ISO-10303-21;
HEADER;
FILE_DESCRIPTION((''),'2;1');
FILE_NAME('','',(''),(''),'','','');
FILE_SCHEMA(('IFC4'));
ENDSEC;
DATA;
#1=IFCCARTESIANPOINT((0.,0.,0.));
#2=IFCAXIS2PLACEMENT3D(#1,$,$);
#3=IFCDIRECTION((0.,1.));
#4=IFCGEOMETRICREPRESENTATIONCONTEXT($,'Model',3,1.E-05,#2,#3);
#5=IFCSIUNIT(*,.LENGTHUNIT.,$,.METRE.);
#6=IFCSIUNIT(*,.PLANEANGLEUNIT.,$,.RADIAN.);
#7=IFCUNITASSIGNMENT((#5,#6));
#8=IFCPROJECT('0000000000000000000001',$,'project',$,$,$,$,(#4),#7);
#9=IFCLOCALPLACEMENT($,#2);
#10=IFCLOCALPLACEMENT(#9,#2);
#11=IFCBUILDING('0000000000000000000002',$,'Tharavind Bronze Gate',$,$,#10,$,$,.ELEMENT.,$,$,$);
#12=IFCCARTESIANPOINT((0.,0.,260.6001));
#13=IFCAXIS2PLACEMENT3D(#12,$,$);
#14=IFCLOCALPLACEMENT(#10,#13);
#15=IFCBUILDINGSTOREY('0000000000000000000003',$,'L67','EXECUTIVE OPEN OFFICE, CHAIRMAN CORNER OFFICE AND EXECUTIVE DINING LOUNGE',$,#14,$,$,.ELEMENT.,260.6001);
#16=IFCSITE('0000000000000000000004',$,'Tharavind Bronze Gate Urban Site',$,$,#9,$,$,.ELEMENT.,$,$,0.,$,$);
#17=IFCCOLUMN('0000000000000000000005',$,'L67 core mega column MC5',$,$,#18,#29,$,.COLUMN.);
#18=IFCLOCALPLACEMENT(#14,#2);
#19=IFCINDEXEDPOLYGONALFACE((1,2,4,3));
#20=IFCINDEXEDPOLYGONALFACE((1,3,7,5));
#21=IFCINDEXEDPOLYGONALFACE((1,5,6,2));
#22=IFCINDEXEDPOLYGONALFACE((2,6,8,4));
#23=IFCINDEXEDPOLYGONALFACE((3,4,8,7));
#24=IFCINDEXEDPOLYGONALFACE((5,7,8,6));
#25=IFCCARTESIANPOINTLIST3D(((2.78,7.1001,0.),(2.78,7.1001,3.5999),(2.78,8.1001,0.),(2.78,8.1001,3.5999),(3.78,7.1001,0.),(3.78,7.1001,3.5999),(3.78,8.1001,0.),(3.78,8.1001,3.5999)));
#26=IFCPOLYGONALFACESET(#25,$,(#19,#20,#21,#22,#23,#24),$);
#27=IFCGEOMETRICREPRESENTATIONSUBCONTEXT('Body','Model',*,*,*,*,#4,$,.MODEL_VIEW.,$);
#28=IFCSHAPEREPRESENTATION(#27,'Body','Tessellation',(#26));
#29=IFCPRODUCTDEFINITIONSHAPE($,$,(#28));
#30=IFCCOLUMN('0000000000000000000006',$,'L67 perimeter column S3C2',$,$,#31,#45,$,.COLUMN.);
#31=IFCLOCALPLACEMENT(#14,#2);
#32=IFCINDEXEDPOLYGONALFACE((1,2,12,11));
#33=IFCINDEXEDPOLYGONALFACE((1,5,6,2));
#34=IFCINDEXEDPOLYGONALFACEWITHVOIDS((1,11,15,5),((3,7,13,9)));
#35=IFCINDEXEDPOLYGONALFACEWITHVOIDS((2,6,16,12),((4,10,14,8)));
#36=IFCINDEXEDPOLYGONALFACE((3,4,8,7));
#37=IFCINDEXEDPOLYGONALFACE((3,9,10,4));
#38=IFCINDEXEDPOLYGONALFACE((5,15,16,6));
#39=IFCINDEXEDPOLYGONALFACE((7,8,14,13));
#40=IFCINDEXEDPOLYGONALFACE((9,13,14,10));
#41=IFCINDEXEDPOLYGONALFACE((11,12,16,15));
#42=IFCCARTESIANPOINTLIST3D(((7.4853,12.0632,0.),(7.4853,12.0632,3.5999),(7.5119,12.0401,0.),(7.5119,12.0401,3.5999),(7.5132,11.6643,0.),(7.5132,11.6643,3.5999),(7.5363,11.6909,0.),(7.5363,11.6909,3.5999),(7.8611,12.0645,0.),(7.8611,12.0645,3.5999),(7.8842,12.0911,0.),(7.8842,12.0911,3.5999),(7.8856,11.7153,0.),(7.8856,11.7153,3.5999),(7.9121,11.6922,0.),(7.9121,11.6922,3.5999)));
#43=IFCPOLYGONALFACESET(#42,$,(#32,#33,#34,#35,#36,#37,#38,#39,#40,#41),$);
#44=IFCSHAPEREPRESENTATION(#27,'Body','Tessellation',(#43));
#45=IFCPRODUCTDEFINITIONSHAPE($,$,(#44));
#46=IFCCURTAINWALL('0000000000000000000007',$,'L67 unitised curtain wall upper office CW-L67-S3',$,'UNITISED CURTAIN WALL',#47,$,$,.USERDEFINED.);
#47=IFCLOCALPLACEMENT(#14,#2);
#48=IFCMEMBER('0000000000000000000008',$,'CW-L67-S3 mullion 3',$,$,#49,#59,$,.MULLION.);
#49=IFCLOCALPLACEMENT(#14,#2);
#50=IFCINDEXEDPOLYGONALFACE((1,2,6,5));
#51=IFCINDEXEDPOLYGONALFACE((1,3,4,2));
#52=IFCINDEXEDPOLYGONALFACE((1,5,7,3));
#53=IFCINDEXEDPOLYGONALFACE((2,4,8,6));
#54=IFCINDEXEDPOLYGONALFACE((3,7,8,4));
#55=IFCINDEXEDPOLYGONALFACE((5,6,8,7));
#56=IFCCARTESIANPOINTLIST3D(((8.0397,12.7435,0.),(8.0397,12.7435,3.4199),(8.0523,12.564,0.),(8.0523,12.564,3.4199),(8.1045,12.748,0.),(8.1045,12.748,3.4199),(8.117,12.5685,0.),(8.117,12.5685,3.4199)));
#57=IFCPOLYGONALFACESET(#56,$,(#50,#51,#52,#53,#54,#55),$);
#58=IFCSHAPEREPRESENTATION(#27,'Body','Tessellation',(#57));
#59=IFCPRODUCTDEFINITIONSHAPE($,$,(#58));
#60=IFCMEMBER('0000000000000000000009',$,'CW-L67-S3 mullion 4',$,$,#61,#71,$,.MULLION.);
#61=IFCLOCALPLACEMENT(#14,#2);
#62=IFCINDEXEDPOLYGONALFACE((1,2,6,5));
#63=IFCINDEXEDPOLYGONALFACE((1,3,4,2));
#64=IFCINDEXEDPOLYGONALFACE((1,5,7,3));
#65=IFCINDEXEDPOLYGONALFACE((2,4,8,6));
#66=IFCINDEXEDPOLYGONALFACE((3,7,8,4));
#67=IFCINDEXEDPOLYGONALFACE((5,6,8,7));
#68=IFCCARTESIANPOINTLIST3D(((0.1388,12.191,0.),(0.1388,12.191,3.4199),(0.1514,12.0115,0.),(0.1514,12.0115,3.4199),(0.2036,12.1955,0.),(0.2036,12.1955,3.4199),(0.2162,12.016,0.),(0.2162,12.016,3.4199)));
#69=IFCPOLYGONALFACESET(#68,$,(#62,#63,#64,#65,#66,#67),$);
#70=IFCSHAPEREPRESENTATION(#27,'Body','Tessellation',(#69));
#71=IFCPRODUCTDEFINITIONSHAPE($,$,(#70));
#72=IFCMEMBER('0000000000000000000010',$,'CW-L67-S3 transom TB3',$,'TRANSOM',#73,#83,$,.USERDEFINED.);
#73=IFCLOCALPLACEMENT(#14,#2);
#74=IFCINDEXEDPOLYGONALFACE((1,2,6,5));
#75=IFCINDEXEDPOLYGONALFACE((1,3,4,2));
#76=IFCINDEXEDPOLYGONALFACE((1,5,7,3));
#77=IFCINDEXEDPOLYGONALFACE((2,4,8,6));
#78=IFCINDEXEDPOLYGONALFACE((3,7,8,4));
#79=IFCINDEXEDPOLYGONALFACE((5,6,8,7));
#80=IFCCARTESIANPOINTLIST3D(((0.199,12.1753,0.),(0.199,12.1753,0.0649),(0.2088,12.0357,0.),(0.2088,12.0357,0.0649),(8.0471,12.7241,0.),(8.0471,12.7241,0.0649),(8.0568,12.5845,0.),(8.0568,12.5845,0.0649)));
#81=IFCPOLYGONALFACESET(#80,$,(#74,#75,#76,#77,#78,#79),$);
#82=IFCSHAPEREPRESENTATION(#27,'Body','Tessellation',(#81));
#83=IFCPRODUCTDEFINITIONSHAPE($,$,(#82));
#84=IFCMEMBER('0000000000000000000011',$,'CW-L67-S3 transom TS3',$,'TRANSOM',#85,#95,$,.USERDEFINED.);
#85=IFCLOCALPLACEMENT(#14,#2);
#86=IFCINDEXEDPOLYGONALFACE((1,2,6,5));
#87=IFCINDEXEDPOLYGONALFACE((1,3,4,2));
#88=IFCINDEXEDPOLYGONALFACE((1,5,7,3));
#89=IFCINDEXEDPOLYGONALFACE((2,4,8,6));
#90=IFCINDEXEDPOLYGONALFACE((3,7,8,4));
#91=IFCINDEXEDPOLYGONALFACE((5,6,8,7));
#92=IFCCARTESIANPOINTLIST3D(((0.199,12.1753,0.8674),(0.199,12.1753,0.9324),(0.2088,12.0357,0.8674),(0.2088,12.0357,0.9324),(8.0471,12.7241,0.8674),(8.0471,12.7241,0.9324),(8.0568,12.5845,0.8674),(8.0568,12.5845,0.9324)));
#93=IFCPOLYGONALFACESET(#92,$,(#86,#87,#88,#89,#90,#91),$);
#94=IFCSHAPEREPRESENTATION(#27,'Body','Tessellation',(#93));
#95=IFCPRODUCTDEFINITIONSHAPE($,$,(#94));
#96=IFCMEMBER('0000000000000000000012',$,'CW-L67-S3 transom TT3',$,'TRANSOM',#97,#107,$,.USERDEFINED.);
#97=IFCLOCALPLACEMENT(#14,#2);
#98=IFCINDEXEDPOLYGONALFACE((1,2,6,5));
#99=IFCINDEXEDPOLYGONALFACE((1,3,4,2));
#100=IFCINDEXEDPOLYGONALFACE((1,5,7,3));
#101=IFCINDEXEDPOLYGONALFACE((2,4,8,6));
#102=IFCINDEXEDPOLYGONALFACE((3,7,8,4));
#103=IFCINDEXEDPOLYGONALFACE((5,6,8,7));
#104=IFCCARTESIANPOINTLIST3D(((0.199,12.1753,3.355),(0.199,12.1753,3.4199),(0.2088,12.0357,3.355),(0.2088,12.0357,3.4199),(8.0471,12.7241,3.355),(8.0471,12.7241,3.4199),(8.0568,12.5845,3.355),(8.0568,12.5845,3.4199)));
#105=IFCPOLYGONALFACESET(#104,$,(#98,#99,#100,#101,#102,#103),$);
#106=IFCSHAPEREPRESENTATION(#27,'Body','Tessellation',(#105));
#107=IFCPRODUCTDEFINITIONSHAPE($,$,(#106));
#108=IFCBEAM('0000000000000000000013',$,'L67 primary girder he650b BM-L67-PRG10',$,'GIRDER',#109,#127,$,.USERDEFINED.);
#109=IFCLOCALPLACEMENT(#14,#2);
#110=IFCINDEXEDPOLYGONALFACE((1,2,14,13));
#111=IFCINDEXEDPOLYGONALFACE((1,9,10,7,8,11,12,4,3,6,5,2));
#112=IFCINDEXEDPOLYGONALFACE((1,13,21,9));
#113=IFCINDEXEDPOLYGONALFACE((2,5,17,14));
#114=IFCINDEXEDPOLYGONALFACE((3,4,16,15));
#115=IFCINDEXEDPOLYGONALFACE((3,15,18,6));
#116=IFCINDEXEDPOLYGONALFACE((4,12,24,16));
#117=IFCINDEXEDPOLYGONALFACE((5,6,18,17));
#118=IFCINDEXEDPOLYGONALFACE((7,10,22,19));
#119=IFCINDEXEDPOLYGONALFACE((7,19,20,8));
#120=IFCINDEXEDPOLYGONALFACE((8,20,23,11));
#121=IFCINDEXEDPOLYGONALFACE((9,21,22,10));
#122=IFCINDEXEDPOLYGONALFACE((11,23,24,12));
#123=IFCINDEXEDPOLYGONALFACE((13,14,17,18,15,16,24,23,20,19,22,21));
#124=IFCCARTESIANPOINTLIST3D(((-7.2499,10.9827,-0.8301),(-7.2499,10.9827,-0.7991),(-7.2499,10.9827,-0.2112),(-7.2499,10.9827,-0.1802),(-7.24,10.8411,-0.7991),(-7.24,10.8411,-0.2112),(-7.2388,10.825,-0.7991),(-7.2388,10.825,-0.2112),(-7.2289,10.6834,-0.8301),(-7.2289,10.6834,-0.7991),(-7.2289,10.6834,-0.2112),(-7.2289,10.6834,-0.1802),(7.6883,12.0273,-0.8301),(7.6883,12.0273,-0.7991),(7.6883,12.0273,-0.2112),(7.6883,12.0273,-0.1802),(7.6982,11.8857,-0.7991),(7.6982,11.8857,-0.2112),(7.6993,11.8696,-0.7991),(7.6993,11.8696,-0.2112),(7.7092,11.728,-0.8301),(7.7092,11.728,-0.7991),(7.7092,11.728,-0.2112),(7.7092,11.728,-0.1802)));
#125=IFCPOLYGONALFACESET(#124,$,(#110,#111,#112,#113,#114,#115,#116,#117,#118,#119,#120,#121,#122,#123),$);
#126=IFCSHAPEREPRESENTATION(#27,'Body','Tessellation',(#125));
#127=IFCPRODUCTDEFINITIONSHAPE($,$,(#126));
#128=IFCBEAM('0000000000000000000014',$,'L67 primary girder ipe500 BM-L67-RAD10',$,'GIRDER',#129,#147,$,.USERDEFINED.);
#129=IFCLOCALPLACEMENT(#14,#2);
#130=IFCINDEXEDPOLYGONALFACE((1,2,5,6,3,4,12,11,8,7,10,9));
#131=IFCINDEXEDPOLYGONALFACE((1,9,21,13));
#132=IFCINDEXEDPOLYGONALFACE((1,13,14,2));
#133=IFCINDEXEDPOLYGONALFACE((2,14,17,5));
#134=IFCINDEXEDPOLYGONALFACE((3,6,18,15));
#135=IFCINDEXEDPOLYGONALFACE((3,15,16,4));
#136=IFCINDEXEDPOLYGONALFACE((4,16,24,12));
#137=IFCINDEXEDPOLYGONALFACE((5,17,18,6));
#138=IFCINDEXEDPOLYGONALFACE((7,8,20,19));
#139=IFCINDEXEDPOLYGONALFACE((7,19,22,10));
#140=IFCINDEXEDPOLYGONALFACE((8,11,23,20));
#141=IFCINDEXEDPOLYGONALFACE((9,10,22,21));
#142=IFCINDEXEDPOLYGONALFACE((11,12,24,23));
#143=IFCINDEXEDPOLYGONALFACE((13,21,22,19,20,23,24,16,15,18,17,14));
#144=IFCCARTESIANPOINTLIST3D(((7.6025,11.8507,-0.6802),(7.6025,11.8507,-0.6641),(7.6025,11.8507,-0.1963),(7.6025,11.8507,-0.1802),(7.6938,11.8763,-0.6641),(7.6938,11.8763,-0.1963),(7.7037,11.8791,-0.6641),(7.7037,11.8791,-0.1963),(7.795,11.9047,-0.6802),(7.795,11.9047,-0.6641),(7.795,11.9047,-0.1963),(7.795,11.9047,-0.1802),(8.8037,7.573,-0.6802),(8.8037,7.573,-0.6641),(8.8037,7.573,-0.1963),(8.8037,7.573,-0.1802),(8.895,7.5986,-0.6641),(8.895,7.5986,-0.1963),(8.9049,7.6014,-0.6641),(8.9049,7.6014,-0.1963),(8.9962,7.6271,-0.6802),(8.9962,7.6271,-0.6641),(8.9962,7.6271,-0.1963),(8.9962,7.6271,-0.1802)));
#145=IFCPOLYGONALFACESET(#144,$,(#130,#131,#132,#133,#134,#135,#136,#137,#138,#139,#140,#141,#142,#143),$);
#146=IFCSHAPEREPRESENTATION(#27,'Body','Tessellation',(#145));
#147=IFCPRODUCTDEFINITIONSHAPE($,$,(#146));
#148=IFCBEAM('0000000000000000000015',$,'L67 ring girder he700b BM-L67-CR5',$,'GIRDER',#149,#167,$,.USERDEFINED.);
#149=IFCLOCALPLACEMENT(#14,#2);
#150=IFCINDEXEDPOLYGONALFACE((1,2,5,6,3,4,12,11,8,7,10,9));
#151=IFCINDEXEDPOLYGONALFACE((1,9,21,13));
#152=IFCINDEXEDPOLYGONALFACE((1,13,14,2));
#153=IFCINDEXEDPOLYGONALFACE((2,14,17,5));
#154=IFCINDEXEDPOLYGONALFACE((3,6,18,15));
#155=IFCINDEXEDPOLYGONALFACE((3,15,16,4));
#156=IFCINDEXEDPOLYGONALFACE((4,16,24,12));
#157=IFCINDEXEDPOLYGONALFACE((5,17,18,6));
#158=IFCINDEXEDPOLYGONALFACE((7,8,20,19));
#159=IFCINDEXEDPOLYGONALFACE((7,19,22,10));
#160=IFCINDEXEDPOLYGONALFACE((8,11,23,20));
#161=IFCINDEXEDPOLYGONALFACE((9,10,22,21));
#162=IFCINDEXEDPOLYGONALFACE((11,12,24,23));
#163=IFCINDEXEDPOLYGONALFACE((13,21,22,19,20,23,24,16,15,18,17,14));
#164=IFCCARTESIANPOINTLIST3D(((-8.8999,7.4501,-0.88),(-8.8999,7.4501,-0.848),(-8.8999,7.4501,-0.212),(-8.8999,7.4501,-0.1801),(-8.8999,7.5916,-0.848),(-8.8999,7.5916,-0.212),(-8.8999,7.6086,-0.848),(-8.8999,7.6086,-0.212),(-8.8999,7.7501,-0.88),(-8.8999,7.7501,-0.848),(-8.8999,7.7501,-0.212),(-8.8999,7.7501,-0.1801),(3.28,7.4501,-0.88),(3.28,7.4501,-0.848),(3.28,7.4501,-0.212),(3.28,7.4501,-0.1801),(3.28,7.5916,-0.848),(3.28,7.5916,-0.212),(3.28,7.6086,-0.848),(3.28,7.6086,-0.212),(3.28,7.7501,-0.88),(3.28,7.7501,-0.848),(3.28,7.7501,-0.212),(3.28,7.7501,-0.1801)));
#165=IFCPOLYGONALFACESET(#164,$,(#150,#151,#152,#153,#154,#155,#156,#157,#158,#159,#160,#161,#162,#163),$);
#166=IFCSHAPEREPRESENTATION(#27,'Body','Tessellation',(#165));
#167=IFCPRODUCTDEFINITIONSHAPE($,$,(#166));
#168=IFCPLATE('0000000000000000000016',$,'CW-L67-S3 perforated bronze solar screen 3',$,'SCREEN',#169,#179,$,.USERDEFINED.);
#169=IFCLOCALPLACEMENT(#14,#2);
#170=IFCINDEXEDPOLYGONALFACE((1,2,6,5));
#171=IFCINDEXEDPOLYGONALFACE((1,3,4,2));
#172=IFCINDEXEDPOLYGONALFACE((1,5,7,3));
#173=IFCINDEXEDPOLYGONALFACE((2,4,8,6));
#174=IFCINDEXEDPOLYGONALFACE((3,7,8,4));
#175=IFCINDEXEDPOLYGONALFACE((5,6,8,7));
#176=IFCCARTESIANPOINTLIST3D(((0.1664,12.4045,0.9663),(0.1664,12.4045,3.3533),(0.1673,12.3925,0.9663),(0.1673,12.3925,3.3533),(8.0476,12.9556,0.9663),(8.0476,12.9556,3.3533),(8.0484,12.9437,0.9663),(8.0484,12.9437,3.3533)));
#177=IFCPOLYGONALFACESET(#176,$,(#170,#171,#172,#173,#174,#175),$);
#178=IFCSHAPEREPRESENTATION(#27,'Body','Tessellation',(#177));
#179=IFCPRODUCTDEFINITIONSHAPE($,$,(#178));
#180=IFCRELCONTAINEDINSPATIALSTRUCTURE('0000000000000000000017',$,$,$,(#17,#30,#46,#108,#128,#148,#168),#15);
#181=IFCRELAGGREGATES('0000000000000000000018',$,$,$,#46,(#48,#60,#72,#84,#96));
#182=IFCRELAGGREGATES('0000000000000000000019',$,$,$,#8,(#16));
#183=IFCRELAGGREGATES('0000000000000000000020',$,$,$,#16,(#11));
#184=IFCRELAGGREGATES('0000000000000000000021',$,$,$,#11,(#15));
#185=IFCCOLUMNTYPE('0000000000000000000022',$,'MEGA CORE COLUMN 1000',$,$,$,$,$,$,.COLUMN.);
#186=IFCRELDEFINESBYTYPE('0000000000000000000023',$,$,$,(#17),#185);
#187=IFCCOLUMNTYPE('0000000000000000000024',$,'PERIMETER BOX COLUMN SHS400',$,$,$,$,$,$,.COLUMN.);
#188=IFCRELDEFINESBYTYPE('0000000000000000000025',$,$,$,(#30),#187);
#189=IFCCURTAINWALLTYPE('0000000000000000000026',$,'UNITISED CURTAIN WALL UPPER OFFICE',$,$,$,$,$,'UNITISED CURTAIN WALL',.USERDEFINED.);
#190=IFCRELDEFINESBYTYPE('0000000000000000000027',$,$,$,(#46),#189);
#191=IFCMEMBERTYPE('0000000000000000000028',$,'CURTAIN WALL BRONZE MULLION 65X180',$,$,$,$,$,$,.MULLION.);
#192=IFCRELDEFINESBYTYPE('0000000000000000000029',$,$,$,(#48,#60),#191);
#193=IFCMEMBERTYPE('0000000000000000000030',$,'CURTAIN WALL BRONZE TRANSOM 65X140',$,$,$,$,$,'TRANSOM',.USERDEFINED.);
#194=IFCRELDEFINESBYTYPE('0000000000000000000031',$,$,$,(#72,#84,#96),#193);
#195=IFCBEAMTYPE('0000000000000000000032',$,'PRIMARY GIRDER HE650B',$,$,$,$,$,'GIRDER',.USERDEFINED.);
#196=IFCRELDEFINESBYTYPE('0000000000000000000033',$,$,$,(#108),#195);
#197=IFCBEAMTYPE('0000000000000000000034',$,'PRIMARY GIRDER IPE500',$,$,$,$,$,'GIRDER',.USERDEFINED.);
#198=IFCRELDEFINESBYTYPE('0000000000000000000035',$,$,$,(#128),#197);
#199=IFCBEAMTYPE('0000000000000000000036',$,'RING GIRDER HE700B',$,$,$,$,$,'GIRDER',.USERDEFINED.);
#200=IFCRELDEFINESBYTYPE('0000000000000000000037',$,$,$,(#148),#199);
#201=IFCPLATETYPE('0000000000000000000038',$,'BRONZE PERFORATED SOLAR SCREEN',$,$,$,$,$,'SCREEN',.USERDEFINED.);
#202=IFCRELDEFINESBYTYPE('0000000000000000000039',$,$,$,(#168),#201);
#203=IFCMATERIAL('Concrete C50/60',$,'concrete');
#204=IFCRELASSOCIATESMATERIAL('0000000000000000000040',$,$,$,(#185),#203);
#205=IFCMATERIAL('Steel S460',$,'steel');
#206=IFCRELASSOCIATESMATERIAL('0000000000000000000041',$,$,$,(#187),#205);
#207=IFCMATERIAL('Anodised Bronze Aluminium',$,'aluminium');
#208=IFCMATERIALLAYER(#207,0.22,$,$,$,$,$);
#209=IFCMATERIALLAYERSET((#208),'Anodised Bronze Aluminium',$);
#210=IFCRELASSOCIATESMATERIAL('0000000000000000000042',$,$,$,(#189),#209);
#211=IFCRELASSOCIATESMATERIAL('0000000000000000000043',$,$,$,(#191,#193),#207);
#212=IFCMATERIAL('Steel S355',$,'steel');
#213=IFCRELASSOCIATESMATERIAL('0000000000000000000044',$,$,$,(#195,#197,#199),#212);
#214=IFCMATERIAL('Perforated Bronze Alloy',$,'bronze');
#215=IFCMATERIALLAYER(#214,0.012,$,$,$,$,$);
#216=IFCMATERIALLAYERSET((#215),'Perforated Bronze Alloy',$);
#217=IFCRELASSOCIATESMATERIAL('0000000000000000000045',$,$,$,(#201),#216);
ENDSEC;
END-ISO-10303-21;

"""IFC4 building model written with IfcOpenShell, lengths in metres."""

from ifc_helpers import new_model, si_unit, direction, frame, origin, origin_2d, place, context, subcontext, project, spatial, rectangle, hollow_rectangle, i_section, extrude, material, layer, layer_set, material_profile, profile_set, type_object, element, aggregate, save


model = new_model("IFC4")

# Units and contexts
model_context = context("Model", 3, precision=1e-05, world=origin(), true_north=direction((0.0, 1.0)))
body_context = subcontext(model_context, "Body", "Model", "MODEL_VIEW")
ifc_project = project(units=[si_unit("LENGTHUNIT", "METRE"), si_unit("PLANEANGLEUNIT", "RADIAN")], contexts=[model_context])

# Site, building, storey
site_placement = place(None, origin())
site = spatial("IfcSite", under=ifc_project, at=site_placement, Name="Tharavind Bronze Gate Urban Site", CompositionType="ELEMENT", RefElevation=0.0)
building_placement = place(site_placement, origin())
building = spatial("IfcBuilding", under=site, at=building_placement, Name="Tharavind Bronze Gate", CompositionType="ELEMENT")
storey_placement = place(building_placement, frame((0.0, 0.0, 260.6001)))
storey = spatial("IfcBuildingStorey", under=building, at=storey_placement, Name="L67", Description="EXECUTIVE OPEN OFFICE, CHAIRMAN CORNER OFFICE AND EXECUTIVE DINING LOUNGE", CompositionType="ELEMENT", Elevation=260.6001)

# Columns
ifc_material_1 = material(Name="Concrete C50/60", Category="concrete")
ifc_material_profile_1 = material_profile(ifc_material_1, rectangle(XDim=1.0, YDim=1.0, at=origin_2d()), Name="RCCOL1000")
ifc_profile_set_1 = profile_set([ifc_material_profile_1], Name="Concrete C50/60")
column_type_1 = type_object("IfcColumnType", Name="MEGA CORE COLUMN 1000", PredefinedType="COLUMN", material=ifc_profile_set_1)
column_1_placement = place(storey_placement, frame((3.28, 7.6001, 0.0), z_axis=(0.0, 0.0, 1.0), x_axis=(1.0, 0.0, 0.0)))
element("IfcColumn", 1, at=column_1_placement, inside=storey, type_object=column_type_1, Name="L67 core mega column MC5", PredefinedType="COLUMN", context=body_context, shape_type="SweptSolid", body=[
    extrude(rectangle(XDim=1.0, YDim=1.0, at=origin_2d()), origin(), (0.0, 0.0, 1.0), 3.5999),
])
ifc_material_2 = material(Name="Steel S460", Category="steel")
ifc_material_profile_2 = material_profile(ifc_material_2, hollow_rectangle(XDim=0.3999, YDim=0.3999, WallThickness=0.0249, at=origin_2d()), Name="SHS400X25")
ifc_profile_set_2 = profile_set([ifc_material_profile_2], Name="Steel S460")
column_type_2 = type_object("IfcColumnType", Name="PERIMETER BOX COLUMN SHS400", PredefinedType="COLUMN", material=ifc_profile_set_2)
column_2_placement = place(storey_placement, frame((7.6987, 11.8777, 0.0), z_axis=(0.0, 0.0, 1.0), x_axis=(0.997564, 0.069758, 0.0)))
element("IfcColumn", 2, at=column_2_placement, inside=storey, type_object=column_type_2, Name="L67 perimeter column S3C2", PredefinedType="COLUMN", context=body_context, shape_type="SweptSolid", body=[
    extrude(hollow_rectangle(XDim=0.3999, YDim=0.3999, WallThickness=0.0249, at=origin_2d()), origin(), (0.0, 0.0, 1.0), 3.5999),
])

# Curtain wall, members
ifc_material_3 = material(Name="Anodised Bronze Aluminium", Category="aluminium")
ifc_layer_1 = layer(ifc_material_3, 0.22)
ifc_layer_set_1 = layer_set([ifc_layer_1], Name="Anodised Bronze Aluminium")
curtain_wall_type = type_object("IfcCurtainWallType", Name="UNITISED CURTAIN WALL UPPER OFFICE", ElementType="UNITISED CURTAIN WALL", PredefinedType="USERDEFINED", material=ifc_layer_set_1)
curtain_wall_placement = place(storey_placement, origin())
curtain_wall = element("IfcCurtainWall", 3, at=curtain_wall_placement, inside=storey, type_object=curtain_wall_type, Name="L67 unitised curtain wall upper office CW-L67-S3", ObjectType="UNITISED CURTAIN WALL", PredefinedType="USERDEFINED")
member_type_1 = type_object("IfcMemberType", Name="CURTAIN WALL BRONZE MULLION 65X180", PredefinedType="MULLION", material=ifc_material_3)
member_1_placement = place(storey_placement, frame((8.0784, 12.656, 0.0), z_axis=(0.0, 0.0, 1.0), x_axis=(-0.997564, -0.06976, 0.0)))
member_1 = element("IfcMember", 4, at=member_1_placement, type_object=member_type_1, Name="CW-L67-S3 mullion 3", PredefinedType="MULLION", context=body_context, shape_type="SweptSolid", body=[
    extrude(rectangle(XDim=0.0649, YDim=0.1799, at=origin_2d()), origin(), (0.0, 0.0, 1.0), 3.4199),
])
member_2_placement = place(storey_placement, frame((0.1775, 12.1035, 0.0), z_axis=(0.0, 0.0, 1.0), x_axis=(-0.997564, -0.06976, 0.0)))
member_2 = element("IfcMember", 5, at=member_2_placement, type_object=member_type_1, Name="CW-L67-S3 mullion 4", PredefinedType="MULLION", context=body_context, shape_type="SweptSolid", body=[
    extrude(rectangle(XDim=0.0649, YDim=0.1799, at=origin_2d()), origin(), (0.0, 0.0, 1.0), 3.4199),
])
member_type_2 = type_object("IfcMemberType", Name="CURTAIN WALL BRONZE TRANSOM 65X140", ElementType="TRANSOM", PredefinedType="USERDEFINED", material=ifc_material_3)
member_3_placement = place(storey_placement, frame((4.1279, 12.3799, 0.0), z_axis=(0.0, 0.0, 1.0), x_axis=(-0.997564, -0.06976, 0.0)))
member_3 = element("IfcMember", 6, at=member_3_placement, type_object=member_type_2, Name="CW-L67-S3 transom TB3", ObjectType="TRANSOM", PredefinedType="USERDEFINED", context=body_context, shape_type="SweptSolid", body=[
    extrude(rectangle(XDim=7.8672, YDim=0.1399, at=origin_2d()), origin(), (0.0, 0.0, 1.0), 0.0649),
])
member_4_placement = place(storey_placement, frame((4.1279, 12.3799, 0.8674), z_axis=(0.0, 0.0, 1.0), x_axis=(-0.997564, -0.06976, 0.0)))
member_4 = element("IfcMember", 7, at=member_4_placement, type_object=member_type_2, Name="CW-L67-S3 transom TS3", ObjectType="TRANSOM", PredefinedType="USERDEFINED", context=body_context, shape_type="SweptSolid", body=[
    extrude(rectangle(XDim=7.8672, YDim=0.1399, at=origin_2d()), origin(), (0.0, 0.0, 1.0), 0.0649),
])
member_5_placement = place(storey_placement, frame((4.1279, 12.3799, 3.355), z_axis=(0.0, 0.0, 1.0), x_axis=(-0.997564, -0.06976, 0.0)))
member_5 = element("IfcMember", 8, at=member_5_placement, type_object=member_type_2, Name="CW-L67-S3 transom TT3", ObjectType="TRANSOM", PredefinedType="USERDEFINED", context=body_context, shape_type="SweptSolid", body=[
    extrude(rectangle(XDim=7.8672, YDim=0.1399, at=origin_2d()), origin(), (0.0, 0.0, 1.0), 0.0649),
])

# Beams
ifc_material_4 = material(Name="Steel S355", Category="steel")
ifc_material_profile_3 = material_profile(ifc_material_4, i_section(OverallWidth=0.3, OverallDepth=0.6499, WebThickness=0.0161, FlangeThickness=0.031, at=origin_2d()), Name="HE650B")
ifc_profile_set_3 = profile_set([ifc_material_profile_3], Name="Steel S355")
beam_type_1 = type_object("IfcBeamType", Name="PRIMARY GIRDER HE650B", ElementType="GIRDER", PredefinedType="USERDEFINED", material=ifc_profile_set_3)
beam_1_placement = place(storey_placement, frame((7.6987, 11.8777, -0.5051), z_axis=(-0.997564, -0.069763, 0.0), x_axis=(0.069763, -0.997564, 0.0)))
element("IfcBeam", 9, at=beam_1_placement, inside=storey, type_object=beam_type_1, Name="L67 primary girder he650b BM-L67-PRG10", ObjectType="GIRDER", PredefinedType="USERDEFINED", context=body_context, shape_type="SweptSolid", body=[
    extrude(i_section(OverallWidth=0.3, OverallDepth=0.6499, WebThickness=0.0161, FlangeThickness=0.031, at=origin_2d()), origin(), (0.0, 0.0, 1.0), 14.9746),
])
ifc_material_profile_4 = material_profile(ifc_material_4, i_section(OverallWidth=0.2, OverallDepth=0.5, WebThickness=0.0103, FlangeThickness=0.0161, at=origin_2d()), Name="IPE500")
ifc_profile_set_4 = profile_set([ifc_material_profile_4], Name="Steel S355")
beam_type_2 = type_object("IfcBeamType", Name="PRIMARY GIRDER IPE500", ElementType="GIRDER", PredefinedType="USERDEFINED", material=ifc_profile_set_4)
beam_2_placement = place(storey_placement, frame((7.6987, 11.8777, -0.4302), z_axis=(0.270349, -0.962762, 0.0), x_axis=(0.962762, 0.270349, 0.0)))
element("IfcBeam", 10, at=beam_2_placement, inside=storey, type_object=beam_type_2, Name="L67 primary girder ipe500 BM-L67-RAD10", ObjectType="GIRDER", PredefinedType="USERDEFINED", context=body_context, shape_type="SweptSolid", body=[
    extrude(i_section(OverallWidth=0.2, OverallDepth=0.5, WebThickness=0.0103, FlangeThickness=0.0161, at=origin_2d()), origin(), (0.0, 0.0, 1.0), 4.4431),
])
ifc_material_profile_5 = material_profile(ifc_material_4, i_section(OverallWidth=0.3, OverallDepth=0.7, WebThickness=0.0171, FlangeThickness=0.032, at=origin_2d()), Name="HE700B")
ifc_profile_set_5 = profile_set([ifc_material_profile_5], Name="Steel S355")
beam_type_3 = type_object("IfcBeamType", Name="RING GIRDER HE700B", ElementType="GIRDER", PredefinedType="USERDEFINED", material=ifc_profile_set_5)
beam_3_placement = place(storey_placement, frame((3.28, 7.6001, -0.53), z_axis=(-1.0, 0.0, 0.0), x_axis=(0.0, -1.0, 0.0)))
element("IfcBeam", 11, at=beam_3_placement, inside=storey, type_object=beam_type_3, Name="L67 ring girder he700b BM-L67-CR5", ObjectType="GIRDER", PredefinedType="USERDEFINED", context=body_context, shape_type="SweptSolid", body=[
    extrude(i_section(OverallWidth=0.3, OverallDepth=0.7, WebThickness=0.0171, FlangeThickness=0.032, at=origin_2d()), origin(), (0.0, 0.0, 1.0), 12.1799),
])

# Plate
ifc_material_5 = material(Name="Perforated Bronze Alloy", Category="bronze")
ifc_layer_2 = layer(ifc_material_5, 0.012)
ifc_layer_set_2 = layer_set([ifc_layer_2], Name="Perforated Bronze Alloy")
plate_type_1 = type_object("IfcPlateType", Name="BRONZE PERFORATED SOLAR SCREEN", ElementType="SCREEN", PredefinedType="USERDEFINED", material=ifc_layer_set_2)
plate_1_placement = place(storey_placement, frame((4.1074, 12.6741, 0.9663), z_axis=(0.0, 0.0, 1.0), x_axis=(-0.997564, -0.06976, 0.0)))
element("IfcPlate", 12, at=plate_1_placement, inside=storey, type_object=plate_type_1, Name="CW-L67-S3 perforated bronze solar screen 3", ObjectType="SCREEN", PredefinedType="USERDEFINED", context=body_context, shape_type="SweptSolid", body=[
    extrude(rectangle(XDim=7.9004, YDim=0.012, at=origin_2d()), origin(), (0.0, 0.0, 1.0), 2.387),
])
aggregate(curtain_wall, [member_1, member_2, member_3, member_4, member_5])

save(model, "model.ifc")
